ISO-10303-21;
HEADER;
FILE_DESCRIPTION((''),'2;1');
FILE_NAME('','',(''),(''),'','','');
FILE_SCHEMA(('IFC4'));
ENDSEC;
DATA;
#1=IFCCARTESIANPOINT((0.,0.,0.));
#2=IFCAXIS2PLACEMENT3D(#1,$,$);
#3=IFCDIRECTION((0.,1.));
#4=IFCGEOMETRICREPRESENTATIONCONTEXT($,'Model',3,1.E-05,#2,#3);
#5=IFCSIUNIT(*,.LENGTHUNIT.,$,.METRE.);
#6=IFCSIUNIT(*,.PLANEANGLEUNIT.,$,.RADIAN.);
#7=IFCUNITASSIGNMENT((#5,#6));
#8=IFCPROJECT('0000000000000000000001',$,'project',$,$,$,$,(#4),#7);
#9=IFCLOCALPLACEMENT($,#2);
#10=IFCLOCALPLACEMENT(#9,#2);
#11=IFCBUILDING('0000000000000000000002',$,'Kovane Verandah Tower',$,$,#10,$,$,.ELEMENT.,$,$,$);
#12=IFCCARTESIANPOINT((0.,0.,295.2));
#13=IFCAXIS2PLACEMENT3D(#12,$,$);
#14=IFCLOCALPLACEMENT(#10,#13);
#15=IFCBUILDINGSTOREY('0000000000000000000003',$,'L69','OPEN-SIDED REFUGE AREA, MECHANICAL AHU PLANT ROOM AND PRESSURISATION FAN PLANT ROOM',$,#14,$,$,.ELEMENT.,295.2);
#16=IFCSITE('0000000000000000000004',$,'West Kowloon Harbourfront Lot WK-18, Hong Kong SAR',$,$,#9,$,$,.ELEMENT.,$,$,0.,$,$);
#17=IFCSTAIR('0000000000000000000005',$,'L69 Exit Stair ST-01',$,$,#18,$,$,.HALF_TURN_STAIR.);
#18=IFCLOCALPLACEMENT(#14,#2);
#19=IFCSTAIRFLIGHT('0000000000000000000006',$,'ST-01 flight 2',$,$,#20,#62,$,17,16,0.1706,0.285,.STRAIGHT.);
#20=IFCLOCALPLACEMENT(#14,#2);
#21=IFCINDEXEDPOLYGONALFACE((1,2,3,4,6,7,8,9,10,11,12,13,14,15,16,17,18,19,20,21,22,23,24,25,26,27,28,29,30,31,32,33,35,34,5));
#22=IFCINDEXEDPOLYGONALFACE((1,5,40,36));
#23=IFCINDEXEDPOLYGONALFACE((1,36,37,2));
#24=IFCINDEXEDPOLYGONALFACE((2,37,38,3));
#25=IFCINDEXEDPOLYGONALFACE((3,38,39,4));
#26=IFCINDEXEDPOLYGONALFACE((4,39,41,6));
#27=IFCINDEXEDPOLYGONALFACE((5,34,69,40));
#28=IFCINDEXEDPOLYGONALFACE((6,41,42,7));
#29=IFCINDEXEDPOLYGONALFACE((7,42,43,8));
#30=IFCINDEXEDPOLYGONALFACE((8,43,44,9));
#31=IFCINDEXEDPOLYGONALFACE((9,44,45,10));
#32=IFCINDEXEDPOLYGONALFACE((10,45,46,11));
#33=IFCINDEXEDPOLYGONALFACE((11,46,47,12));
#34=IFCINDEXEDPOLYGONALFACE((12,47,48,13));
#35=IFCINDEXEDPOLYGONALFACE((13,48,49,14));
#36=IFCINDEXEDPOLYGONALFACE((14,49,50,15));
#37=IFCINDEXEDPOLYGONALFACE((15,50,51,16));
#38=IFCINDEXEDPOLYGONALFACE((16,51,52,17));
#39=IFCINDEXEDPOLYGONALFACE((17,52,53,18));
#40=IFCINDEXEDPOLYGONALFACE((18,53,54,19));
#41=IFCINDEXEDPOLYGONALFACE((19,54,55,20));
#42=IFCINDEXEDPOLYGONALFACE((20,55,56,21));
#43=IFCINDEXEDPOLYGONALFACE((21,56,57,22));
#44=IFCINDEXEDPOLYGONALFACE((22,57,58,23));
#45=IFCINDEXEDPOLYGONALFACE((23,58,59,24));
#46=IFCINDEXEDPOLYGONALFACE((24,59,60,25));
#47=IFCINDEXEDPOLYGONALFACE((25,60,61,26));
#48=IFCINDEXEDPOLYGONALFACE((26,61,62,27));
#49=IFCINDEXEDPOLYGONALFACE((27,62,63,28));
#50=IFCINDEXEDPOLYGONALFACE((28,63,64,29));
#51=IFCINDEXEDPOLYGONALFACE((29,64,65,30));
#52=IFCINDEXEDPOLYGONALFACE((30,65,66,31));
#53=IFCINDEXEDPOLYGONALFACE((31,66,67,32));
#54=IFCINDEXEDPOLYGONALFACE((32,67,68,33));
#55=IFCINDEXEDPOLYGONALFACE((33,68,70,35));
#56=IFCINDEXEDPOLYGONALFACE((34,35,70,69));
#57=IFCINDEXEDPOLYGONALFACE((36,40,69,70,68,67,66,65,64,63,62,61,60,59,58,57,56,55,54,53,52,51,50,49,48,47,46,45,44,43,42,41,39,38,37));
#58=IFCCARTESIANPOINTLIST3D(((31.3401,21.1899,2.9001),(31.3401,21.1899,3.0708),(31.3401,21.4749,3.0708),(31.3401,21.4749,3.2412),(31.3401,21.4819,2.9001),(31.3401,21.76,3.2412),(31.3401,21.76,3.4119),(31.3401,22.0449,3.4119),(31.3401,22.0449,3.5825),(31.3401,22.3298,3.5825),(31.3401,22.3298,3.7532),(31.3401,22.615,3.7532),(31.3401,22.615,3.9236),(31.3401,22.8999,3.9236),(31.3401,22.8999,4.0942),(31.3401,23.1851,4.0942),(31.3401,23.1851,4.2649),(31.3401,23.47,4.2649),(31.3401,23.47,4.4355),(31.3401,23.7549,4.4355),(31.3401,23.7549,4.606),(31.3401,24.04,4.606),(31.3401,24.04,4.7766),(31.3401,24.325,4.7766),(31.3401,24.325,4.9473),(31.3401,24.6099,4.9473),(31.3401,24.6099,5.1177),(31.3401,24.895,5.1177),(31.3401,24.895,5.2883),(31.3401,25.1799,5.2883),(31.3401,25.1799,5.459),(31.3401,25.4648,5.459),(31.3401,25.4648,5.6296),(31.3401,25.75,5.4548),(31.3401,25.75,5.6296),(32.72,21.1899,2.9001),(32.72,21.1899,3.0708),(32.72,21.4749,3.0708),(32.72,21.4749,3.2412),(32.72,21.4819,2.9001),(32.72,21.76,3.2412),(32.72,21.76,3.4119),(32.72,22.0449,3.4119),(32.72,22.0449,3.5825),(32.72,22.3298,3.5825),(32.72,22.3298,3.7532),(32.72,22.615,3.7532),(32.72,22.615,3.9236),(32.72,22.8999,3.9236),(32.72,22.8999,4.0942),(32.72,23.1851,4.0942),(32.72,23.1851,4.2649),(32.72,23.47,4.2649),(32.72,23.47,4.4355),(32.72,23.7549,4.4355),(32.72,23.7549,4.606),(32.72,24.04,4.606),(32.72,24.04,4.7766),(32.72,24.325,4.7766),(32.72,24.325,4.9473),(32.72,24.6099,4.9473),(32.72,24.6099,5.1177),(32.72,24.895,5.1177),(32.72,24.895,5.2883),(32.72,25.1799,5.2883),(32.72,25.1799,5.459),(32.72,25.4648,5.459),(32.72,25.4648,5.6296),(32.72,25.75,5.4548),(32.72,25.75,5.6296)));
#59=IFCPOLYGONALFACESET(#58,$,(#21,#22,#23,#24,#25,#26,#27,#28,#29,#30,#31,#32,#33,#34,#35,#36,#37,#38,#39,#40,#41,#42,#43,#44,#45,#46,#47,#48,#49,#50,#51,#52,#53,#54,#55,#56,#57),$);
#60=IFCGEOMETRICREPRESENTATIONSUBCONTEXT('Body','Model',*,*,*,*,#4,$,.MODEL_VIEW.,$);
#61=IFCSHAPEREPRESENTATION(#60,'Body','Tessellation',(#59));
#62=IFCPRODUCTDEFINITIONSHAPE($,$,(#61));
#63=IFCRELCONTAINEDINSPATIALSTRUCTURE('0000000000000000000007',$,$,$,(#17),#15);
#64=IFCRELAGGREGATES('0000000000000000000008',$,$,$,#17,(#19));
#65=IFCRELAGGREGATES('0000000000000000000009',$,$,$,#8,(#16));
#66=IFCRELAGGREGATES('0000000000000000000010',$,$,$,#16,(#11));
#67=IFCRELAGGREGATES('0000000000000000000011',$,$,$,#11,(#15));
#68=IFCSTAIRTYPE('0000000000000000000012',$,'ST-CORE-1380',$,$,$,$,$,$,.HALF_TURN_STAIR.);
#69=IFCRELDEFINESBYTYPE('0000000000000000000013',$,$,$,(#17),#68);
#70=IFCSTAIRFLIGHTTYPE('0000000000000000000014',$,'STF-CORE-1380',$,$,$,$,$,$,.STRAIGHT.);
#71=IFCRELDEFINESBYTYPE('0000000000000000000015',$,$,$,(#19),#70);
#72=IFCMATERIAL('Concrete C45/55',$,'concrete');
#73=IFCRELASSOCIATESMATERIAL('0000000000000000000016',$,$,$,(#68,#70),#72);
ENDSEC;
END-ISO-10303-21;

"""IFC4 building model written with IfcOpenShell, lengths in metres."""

from ifc_helpers import new_model, si_unit, direction, frame, origin, place, context, subcontext, project, spatial, polyline, outline, extrude, material, type_object, element, aggregate, save


model = new_model("IFC4")

# Units and contexts
model_context = context("Model", 3, precision=1e-05, world=origin(), true_north=direction((0.0, 1.0)))
body_context = subcontext(model_context, "Body", "Model", "MODEL_VIEW")
ifc_project = project(units=[si_unit("LENGTHUNIT", "METRE"), si_unit("PLANEANGLEUNIT", "RADIAN")], contexts=[model_context])

# Site, building, storey
site_placement = place(None, origin())
site = spatial("IfcSite", under=ifc_project, at=site_placement, Name="West Kowloon Harbourfront Lot WK-18, Hong Kong SAR", CompositionType="ELEMENT", RefElevation=0.0)
building_placement = place(site_placement, origin())
building = spatial("IfcBuilding", under=site, at=building_placement, Name="Kovane Verandah Tower", CompositionType="ELEMENT")
storey_placement = place(building_placement, frame((0.0, 0.0, 295.2)))
storey = spatial("IfcBuildingStorey", under=building, at=storey_placement, Name="L69", Description="OPEN-SIDED REFUGE AREA, MECHANICAL AHU PLANT ROOM AND PRESSURISATION FAN PLANT ROOM", CompositionType="ELEMENT", Elevation=295.2)

# Shared definitions
ifc_material_1 = material(Name="Concrete C45/55", Category="concrete")

# Stair, stair flight
stair_type = type_object("IfcStairType", Name="ST-CORE-1380", PredefinedType="HALF_TURN_STAIR", material=ifc_material_1)
stair_placement = place(storey_placement, origin())
stair = element("IfcStair", 1, at=stair_placement, inside=storey, type_object=stair_type, Name="L69 Exit Stair ST-01", PredefinedType="HALF_TURN_STAIR")
stair_flight_type = type_object("IfcStairFlightType", Name="STF-CORE-1380", PredefinedType="STRAIGHT", material=ifc_material_1)
stair_flight_1_placement = place(storey_placement, frame((32.03, 21.1899, 2.9001), z_axis=(0.0, 0.0, 1.0), x_axis=(0.0, 1.0, 0.0)))
stair_flight_1 = element("IfcStairFlight", 2, at=stair_flight_1_placement, type_object=stair_flight_type, Name="ST-01 flight 2", NumberOfRisers=17, NumberOfTreads=16, PredefinedType="STRAIGHT", RiserHeight=0.1706, TreadLength=0.285, context=body_context, shape_type="SweptSolid", body=[
    extrude(outline(polyline([(0.0, 0.0), (0.0, 0.1707), (0.2849, 0.1707), (0.2849, 0.3411), (0.5701, 0.3411), (0.5701, 0.5117), (0.855, 0.5117), (0.855, 0.6824), (1.1399, 0.6824), (1.1399, 0.853), (1.425, 0.853), (1.425, 1.0234), (1.71, 1.0234), (1.71, 1.1941), (1.9951, 1.1941), (1.9951, 1.3647), (2.28, 1.3647), (2.28, 1.5354), (2.5649, 1.5354), (2.5649, 1.7058), (2.8501, 1.7058), (2.8501, 1.8765), (3.135, 1.8765), (3.135, 2.0471), (3.4199, 2.0471), (3.4199, 2.2175), (3.7051, 2.2175), (3.7051, 2.3882), (3.99, 2.3882), (3.99, 2.5588), (4.2749, 2.5588), (4.2749, 2.7295), (4.5601, 2.7295), (4.5601, 2.8999), (4.5601, 2.5547), (0.292, 0.0), (0.0, 0.0)])), frame((0.0, 0.6899, 0.0), z_axis=(0.0, -1.0, 0.0), x_axis=(1.0, 0.0, 0.0)), (0.0, 0.0, 1.0), 1.3799),
])
aggregate(stair, [stair_flight_1])

save(model, "model.ifc")
